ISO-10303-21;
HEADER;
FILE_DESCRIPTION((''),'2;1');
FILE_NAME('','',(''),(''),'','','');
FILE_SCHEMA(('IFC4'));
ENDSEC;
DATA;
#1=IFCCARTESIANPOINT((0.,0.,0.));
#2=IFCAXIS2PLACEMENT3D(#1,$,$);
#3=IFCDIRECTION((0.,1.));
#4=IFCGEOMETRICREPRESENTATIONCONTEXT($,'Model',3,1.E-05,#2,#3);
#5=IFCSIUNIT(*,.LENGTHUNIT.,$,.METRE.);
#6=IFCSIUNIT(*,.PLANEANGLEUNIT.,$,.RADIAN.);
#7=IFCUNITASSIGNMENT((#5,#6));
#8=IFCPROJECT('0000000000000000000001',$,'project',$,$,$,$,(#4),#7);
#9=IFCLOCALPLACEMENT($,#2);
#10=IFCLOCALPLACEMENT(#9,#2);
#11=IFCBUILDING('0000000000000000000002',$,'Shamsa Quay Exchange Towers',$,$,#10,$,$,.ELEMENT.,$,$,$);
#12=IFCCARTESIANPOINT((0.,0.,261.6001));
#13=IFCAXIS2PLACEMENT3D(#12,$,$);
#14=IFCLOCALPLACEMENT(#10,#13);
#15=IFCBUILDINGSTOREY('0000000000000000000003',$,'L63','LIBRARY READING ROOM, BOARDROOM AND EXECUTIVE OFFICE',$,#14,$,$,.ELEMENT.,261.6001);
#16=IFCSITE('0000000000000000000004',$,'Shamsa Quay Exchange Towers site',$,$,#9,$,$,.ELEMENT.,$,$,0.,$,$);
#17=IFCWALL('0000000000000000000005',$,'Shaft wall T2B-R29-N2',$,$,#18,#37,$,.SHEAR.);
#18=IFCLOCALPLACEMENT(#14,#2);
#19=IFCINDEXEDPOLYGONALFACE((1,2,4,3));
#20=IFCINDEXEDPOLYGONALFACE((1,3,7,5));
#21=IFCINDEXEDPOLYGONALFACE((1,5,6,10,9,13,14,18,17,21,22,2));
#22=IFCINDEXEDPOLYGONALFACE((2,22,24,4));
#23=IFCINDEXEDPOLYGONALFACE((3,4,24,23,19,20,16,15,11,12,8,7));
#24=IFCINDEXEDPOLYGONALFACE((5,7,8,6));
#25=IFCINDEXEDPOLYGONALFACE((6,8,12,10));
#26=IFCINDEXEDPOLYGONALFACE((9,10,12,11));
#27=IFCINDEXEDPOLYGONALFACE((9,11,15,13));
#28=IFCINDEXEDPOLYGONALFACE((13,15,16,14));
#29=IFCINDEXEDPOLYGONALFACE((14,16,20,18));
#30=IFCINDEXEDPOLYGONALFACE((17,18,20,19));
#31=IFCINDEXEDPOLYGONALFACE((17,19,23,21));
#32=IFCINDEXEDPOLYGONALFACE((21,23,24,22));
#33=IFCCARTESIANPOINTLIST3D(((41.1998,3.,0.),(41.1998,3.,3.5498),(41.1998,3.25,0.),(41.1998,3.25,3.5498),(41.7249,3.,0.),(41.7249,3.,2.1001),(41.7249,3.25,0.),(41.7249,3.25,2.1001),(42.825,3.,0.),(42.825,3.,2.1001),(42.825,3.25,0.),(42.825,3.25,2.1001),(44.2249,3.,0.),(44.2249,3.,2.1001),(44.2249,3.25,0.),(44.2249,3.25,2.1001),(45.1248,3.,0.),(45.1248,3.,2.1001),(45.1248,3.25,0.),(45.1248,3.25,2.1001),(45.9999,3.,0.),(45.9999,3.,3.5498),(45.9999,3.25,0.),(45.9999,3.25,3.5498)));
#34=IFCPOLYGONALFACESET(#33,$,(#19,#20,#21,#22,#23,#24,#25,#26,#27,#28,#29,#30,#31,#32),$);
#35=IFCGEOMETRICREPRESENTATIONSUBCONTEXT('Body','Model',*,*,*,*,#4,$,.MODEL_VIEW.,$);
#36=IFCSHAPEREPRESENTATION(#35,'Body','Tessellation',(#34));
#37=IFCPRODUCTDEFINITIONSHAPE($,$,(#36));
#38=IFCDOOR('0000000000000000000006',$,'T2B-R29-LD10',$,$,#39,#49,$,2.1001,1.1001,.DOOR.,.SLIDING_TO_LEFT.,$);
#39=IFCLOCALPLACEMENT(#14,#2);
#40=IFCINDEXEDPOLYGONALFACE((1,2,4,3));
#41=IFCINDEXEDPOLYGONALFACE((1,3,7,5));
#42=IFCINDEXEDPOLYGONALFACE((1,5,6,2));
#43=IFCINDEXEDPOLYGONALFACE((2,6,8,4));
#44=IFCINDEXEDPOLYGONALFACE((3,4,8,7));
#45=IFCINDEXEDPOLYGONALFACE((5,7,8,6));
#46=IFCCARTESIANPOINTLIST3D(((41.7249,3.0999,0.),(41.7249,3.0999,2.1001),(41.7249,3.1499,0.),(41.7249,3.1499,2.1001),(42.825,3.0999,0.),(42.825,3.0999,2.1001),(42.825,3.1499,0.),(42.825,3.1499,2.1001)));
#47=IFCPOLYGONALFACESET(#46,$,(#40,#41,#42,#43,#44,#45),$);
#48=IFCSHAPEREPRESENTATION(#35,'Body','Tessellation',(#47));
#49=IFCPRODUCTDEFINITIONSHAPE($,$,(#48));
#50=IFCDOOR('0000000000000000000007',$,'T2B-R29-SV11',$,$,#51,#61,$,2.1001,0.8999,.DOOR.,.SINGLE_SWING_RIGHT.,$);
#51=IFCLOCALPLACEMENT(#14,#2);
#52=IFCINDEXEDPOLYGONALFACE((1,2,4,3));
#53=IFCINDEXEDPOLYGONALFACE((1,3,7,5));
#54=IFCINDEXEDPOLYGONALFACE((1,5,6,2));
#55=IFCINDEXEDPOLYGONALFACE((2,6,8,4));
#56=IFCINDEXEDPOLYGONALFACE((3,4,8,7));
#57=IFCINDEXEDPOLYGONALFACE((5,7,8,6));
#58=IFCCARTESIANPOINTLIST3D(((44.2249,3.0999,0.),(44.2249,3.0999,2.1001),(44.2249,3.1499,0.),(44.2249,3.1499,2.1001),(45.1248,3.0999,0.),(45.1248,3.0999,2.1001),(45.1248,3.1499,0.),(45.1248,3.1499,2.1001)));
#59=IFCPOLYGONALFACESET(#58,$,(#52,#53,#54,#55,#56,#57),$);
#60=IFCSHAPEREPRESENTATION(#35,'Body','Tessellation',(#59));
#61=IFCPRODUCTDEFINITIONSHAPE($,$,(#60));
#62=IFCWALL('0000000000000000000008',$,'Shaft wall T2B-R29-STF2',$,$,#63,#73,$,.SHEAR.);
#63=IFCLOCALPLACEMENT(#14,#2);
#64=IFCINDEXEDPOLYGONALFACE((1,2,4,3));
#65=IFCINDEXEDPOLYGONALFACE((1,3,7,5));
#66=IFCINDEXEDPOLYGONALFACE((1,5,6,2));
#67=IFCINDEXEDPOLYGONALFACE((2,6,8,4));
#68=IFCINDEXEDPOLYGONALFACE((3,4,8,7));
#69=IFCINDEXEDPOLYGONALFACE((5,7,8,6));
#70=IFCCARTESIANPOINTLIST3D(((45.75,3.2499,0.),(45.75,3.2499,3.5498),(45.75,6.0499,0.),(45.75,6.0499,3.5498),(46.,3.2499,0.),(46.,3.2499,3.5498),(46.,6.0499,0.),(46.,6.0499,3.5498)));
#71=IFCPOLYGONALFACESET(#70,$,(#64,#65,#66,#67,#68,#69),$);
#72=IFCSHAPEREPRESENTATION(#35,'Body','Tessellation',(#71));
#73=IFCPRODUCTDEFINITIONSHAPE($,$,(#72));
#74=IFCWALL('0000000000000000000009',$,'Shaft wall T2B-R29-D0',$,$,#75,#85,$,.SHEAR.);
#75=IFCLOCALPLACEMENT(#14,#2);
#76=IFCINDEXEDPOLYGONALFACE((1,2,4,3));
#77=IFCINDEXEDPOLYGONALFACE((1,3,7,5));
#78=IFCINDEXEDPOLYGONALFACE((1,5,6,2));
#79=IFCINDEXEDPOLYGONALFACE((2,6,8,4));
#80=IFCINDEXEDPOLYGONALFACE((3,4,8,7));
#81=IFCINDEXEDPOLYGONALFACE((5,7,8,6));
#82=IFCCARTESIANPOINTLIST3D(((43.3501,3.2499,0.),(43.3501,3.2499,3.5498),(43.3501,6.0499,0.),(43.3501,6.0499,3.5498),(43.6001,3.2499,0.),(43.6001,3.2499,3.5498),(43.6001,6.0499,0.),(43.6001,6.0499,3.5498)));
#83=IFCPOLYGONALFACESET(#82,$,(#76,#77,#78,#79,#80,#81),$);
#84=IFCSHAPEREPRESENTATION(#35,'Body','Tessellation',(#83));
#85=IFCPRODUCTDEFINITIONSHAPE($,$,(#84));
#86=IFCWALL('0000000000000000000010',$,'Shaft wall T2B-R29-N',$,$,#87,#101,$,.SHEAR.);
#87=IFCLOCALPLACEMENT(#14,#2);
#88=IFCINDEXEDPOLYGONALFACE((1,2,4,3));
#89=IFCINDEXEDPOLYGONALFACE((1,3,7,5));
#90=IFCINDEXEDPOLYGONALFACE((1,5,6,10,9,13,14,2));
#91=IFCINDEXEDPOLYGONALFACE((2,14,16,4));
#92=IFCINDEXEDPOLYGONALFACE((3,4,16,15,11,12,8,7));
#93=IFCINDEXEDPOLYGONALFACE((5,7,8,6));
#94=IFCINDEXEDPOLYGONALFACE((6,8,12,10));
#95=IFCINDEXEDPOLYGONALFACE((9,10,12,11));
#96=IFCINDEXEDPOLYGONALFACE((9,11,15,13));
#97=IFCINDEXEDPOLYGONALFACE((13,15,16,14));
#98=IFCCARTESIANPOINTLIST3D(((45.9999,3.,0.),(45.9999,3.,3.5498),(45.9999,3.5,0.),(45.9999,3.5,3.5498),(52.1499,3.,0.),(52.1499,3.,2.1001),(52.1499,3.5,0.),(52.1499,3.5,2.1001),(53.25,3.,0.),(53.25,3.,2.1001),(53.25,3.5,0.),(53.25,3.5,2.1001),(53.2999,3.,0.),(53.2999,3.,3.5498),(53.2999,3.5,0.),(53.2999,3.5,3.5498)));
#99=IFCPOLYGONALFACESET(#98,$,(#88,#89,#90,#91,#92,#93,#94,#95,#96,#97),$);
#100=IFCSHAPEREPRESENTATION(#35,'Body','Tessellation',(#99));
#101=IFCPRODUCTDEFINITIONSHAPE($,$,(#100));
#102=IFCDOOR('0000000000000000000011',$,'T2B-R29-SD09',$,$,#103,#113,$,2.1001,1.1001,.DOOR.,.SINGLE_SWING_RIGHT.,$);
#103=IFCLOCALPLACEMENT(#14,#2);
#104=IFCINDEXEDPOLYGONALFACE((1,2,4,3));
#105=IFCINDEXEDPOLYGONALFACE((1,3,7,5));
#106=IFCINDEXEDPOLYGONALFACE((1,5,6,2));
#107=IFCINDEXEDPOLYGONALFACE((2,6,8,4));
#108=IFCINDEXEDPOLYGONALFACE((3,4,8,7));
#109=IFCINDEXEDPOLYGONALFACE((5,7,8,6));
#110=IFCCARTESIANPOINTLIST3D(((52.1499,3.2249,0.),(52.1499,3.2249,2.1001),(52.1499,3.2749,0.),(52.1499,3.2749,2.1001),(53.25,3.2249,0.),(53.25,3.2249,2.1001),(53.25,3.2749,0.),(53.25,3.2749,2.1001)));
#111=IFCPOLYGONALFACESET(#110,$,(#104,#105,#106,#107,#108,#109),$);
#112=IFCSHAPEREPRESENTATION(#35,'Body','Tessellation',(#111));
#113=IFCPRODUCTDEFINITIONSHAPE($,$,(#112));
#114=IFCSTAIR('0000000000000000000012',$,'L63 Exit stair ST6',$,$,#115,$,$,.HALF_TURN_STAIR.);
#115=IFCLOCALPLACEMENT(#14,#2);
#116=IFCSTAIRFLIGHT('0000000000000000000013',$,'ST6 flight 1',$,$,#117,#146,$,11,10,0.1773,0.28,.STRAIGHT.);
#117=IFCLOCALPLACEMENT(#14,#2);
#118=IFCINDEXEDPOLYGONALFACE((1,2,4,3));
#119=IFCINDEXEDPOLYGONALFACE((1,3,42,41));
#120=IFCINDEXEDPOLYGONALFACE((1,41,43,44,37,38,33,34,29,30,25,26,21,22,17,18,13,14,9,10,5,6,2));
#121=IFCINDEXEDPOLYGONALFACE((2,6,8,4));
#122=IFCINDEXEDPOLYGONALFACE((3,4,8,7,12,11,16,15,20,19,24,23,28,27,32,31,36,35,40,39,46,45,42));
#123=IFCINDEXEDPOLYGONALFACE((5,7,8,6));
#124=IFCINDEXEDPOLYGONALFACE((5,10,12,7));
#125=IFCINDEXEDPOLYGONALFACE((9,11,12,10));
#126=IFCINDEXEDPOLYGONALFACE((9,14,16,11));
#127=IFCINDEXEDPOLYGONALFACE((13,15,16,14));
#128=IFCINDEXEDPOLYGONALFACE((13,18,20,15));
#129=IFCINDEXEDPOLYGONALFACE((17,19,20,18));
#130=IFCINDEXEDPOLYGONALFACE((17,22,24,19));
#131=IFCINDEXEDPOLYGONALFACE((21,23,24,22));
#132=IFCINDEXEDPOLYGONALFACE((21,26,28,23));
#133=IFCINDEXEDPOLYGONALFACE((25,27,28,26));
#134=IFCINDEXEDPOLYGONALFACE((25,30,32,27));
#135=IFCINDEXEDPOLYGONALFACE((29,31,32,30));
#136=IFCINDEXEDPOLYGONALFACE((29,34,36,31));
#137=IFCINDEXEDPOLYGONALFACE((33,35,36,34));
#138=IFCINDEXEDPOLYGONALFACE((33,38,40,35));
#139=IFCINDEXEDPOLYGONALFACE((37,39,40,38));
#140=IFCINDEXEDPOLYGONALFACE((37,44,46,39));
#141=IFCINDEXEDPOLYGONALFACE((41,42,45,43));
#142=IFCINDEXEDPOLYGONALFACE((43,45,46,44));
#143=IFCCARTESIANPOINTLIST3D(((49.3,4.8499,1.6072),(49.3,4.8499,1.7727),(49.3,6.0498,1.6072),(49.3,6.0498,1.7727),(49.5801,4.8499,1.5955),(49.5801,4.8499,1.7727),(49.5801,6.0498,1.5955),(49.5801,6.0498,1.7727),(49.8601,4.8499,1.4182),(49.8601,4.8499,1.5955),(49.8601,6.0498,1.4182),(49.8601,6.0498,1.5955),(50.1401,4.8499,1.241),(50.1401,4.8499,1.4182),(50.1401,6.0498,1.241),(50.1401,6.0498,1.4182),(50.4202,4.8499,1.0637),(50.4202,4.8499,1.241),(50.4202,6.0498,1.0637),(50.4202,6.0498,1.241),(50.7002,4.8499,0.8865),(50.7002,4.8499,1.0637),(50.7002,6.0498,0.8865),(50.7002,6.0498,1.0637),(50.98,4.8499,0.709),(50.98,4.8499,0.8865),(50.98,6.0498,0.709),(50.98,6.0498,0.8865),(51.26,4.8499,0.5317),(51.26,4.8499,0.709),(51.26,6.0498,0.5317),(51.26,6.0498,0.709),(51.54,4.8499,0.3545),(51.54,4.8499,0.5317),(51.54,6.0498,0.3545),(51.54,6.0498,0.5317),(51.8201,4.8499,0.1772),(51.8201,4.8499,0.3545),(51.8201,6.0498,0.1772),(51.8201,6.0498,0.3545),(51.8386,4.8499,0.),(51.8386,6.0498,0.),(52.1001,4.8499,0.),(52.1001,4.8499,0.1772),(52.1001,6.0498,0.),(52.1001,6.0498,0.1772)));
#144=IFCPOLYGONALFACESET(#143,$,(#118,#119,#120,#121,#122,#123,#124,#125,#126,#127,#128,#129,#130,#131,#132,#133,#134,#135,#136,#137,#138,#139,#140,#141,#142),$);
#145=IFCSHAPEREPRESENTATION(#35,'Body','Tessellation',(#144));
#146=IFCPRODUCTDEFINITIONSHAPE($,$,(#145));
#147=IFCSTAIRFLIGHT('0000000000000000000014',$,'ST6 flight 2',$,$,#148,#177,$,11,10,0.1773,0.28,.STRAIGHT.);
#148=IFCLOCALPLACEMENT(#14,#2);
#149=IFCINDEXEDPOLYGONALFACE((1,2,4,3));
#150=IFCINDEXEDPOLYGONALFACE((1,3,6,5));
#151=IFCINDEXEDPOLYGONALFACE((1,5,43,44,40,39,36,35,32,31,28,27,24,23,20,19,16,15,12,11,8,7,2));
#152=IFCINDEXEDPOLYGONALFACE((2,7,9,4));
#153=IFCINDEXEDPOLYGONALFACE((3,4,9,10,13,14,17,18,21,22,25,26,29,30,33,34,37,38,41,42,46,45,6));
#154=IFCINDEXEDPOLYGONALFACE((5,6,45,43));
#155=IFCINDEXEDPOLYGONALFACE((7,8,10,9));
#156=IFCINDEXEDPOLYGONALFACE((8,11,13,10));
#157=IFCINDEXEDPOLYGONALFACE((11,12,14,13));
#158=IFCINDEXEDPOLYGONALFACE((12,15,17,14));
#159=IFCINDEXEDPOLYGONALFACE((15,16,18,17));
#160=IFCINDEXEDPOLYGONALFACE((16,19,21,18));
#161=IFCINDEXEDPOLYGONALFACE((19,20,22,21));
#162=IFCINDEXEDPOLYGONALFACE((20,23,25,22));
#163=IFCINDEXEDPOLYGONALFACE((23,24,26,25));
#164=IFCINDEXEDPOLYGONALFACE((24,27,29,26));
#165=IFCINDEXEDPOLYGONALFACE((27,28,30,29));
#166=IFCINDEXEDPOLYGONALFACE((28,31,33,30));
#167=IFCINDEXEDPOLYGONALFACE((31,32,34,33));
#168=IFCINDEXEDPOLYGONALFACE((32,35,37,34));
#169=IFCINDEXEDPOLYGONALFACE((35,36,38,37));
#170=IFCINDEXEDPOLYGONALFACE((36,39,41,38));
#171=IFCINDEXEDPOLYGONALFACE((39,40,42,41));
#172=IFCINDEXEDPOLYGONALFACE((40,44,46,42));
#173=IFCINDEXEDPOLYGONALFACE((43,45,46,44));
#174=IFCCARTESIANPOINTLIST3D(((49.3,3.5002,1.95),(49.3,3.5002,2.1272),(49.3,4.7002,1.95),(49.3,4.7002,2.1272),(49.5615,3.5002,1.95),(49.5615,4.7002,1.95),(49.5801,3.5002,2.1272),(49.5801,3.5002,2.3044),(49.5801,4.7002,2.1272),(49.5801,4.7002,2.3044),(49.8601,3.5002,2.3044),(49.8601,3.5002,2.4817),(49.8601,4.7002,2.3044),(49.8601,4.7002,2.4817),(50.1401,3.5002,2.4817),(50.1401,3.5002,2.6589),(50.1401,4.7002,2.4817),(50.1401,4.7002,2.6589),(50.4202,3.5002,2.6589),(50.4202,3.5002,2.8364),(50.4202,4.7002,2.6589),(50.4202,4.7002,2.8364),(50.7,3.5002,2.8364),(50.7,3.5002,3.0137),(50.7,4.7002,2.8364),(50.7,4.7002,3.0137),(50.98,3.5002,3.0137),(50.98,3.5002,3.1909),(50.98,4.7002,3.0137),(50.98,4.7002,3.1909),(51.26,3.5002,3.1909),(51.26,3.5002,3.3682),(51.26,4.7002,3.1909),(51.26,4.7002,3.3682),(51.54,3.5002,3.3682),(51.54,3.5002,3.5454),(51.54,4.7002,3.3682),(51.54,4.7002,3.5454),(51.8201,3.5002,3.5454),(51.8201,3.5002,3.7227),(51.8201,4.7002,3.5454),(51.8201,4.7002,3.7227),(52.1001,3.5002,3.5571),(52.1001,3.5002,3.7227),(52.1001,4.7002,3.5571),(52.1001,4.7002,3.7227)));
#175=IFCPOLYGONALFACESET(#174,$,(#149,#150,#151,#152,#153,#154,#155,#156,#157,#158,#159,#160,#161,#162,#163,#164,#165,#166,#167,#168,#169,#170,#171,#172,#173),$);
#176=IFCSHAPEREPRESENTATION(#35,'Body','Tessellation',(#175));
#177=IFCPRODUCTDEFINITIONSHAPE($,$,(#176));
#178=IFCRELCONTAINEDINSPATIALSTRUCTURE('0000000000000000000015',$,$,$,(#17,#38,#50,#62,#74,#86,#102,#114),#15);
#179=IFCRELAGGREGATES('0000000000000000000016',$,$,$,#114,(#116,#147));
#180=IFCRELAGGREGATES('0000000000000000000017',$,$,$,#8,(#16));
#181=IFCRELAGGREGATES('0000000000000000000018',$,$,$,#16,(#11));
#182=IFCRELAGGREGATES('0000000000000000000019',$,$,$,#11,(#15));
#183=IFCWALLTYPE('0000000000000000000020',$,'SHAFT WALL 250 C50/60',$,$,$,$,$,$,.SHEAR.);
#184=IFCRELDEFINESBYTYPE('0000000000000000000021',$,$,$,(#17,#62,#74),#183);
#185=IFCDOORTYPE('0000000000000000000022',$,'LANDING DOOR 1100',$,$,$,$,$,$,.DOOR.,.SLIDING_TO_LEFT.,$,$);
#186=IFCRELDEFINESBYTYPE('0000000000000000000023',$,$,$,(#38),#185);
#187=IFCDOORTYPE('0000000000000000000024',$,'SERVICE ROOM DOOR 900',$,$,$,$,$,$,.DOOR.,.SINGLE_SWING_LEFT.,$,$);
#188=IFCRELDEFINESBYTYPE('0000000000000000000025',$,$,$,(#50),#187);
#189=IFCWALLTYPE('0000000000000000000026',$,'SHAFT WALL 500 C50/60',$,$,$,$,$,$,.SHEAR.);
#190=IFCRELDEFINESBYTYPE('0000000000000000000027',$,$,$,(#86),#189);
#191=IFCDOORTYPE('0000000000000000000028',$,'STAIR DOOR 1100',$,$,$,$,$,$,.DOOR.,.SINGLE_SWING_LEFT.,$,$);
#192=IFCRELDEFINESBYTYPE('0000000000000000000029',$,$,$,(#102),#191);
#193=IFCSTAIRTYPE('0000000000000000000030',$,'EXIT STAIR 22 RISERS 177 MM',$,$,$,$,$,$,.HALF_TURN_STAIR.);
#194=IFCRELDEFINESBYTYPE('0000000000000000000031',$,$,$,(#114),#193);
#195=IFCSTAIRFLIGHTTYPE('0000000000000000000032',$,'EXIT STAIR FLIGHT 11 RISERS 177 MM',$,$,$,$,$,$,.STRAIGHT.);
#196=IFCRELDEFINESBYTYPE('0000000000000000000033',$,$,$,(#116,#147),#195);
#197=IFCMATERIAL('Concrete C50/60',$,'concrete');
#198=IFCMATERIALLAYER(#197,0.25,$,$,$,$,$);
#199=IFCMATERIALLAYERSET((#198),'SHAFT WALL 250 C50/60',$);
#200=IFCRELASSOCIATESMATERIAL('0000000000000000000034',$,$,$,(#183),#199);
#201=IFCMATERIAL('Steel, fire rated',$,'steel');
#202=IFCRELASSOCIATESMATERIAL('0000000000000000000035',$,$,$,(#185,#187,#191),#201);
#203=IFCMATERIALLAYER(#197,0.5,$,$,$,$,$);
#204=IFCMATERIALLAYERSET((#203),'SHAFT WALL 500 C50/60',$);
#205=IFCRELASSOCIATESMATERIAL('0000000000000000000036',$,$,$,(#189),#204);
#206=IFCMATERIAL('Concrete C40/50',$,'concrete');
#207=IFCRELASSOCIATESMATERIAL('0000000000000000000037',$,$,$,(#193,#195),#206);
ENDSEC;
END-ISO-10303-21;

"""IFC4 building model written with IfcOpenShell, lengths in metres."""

from ifc_helpers import new_model, si_unit, direction, frame, frame_2d, origin, place, context, subcontext, project, spatial, polyline, rectangle, outline, extrude, material, layer, layer_set, type_object, element, fill, aggregate, save


model = new_model("IFC4")

# Units and contexts
model_context = context("Model", 3, precision=1e-05, world=origin(), true_north=direction((0.0, 1.0)))
body_context = subcontext(model_context, "Body", "Model", "MODEL_VIEW")
ifc_project = project(units=[si_unit("LENGTHUNIT", "METRE"), si_unit("PLANEANGLEUNIT", "RADIAN")], contexts=[model_context])

# Site, building, storey
site_placement = place(None, origin())
site = spatial("IfcSite", under=ifc_project, at=site_placement, Name="Shamsa Quay Exchange Towers site", CompositionType="ELEMENT", RefElevation=0.0)
building_placement = place(site_placement, origin())
building = spatial("IfcBuilding", under=site, at=building_placement, Name="Shamsa Quay Exchange Towers", CompositionType="ELEMENT")
storey_placement = place(building_placement, frame((0.0, 0.0, 261.6001)))
storey = spatial("IfcBuildingStorey", under=building, at=storey_placement, Name="L63", Description="LIBRARY READING ROOM, BOARDROOM AND EXECUTIVE OFFICE", CompositionType="ELEMENT", Elevation=261.6001)

# Wall, openings, doors
ifc_material_1 = material(Name="Concrete C50/60", Category="concrete")
ifc_layer_1 = layer(ifc_material_1, 0.25)
ifc_layer_set_1 = layer_set([ifc_layer_1], Name="SHAFT WALL 250 C50/60")
wall_type_1 = type_object("IfcWallType", Name="SHAFT WALL 250 C50/60", PredefinedType="SHEAR", material=ifc_layer_set_1)
wall_1_placement = place(storey_placement, frame((41.2, 3.125, 0.0)))
wall_1 = element("IfcWall", 1, at=wall_1_placement, inside=storey, type_object=wall_type_1, Name="Shaft wall T2B-R29-N2", PredefinedType="SHEAR", context=body_context, shape_type="SweptSolid", body=[
    extrude(rectangle(XDim=4.8, YDim=0.25, at=frame_2d((2.3999, 0.0))), origin(), (0.0, 0.0, 1.0), 3.5498),
])
opening_1_placement = place(wall_1_placement, frame((0.5249, 0.0, 0.0)))
opening_1 = element("IfcOpeningElement", 2, at=opening_1_placement, cuts=wall_1, PredefinedType="OPENING", context=body_context, shape_type="SweptSolid", body=[
    extrude(rectangle(XDim=1.1001, YDim=2.1001, at=frame_2d((0.55, 1.05))), frame((0.0, 0.135, 0.0), z_axis=(0.0, -1.0, 0.0), x_axis=(1.0, 0.0, 0.0)), (0.0, 0.0, 1.0), 0.27),
])
opening_2_placement = place(wall_1_placement, frame((3.0249, 0.0, 0.0)))
opening_2 = element("IfcOpeningElement", 3, at=opening_2_placement, cuts=wall_1, PredefinedType="OPENING", context=body_context, shape_type="SweptSolid", body=[
    extrude(rectangle(XDim=0.8999, YDim=2.1001, at=frame_2d((0.45, 1.05))), frame((0.0, 0.135, 0.0), z_axis=(0.0, -1.0, 0.0), x_axis=(1.0, 0.0, 0.0)), (0.0, 0.0, 1.0), 0.27),
])
ifc_material_2 = material(Name="Steel, fire rated", Category="steel")
door_type_1 = type_object("IfcDoorType", Name="LANDING DOOR 1100", OperationType="SLIDING_TO_LEFT", PredefinedType="DOOR", material=ifc_material_2)
door_1_placement = place(opening_1_placement, origin())
door_1 = element("IfcDoor", 4, at=door_1_placement, inside=storey, type_object=door_type_1, Name="T2B-R29-LD10", OperationType="SLIDING_TO_LEFT", OverallHeight=2.1001, OverallWidth=1.1001, PredefinedType="DOOR", context=body_context, shape_type="SweptSolid", body=[
    extrude(rectangle(XDim=1.1001, YDim=2.1001, at=frame_2d((0.55, 1.05))), frame((0.0, 0.0249, 0.0), z_axis=(0.0, -1.0, 0.0), x_axis=(1.0, 0.0, 0.0)), (0.0, 0.0, 1.0), 0.05),
])
fill(opening_1, door_1)
door_type_2 = type_object("IfcDoorType", Name="SERVICE ROOM DOOR 900", OperationType="SINGLE_SWING_LEFT", PredefinedType="DOOR", material=ifc_material_2)
door_2_placement = place(opening_2_placement, origin())
door_2 = element("IfcDoor", 5, at=door_2_placement, inside=storey, type_object=door_type_2, Name="T2B-R29-SV11", OperationType="SINGLE_SWING_RIGHT", OverallHeight=2.1001, OverallWidth=0.8999, PredefinedType="DOOR", context=body_context, shape_type="SweptSolid", body=[
    extrude(rectangle(XDim=0.8999, YDim=2.1001, at=frame_2d((0.45, 1.05))), frame((0.0, 0.0249, 0.0), z_axis=(0.0, -1.0, 0.0), x_axis=(1.0, 0.0, 0.0)), (0.0, 0.0, 1.0), 0.05),
])
fill(opening_2, door_2)

# Walls
for number, where, z_axis, x_axis, name in (
    (6, (45.875, 3.25, 0.0), (0.0, 0.0, 1.0), (0.0, 1.0, 0.0), "Shaft wall T2B-R29-STF2"),
    (7, (43.4751, 3.25, 0.0), (0.0, 0.0, 1.0), (0.0, 1.0, 0.0), "Shaft wall T2B-R29-D0"),
):
    element("IfcWall", number, at=place(storey_placement, frame(where, z_axis=z_axis, x_axis=x_axis)), inside=storey, type_object=wall_type_1, Name=name, PredefinedType="SHEAR", context=body_context, shape_type="SweptSolid", body=[
        extrude(rectangle(XDim=2.8, YDim=0.25, at=frame_2d((1.3999, 0.0))), origin(), (0.0, 0.0, 1.0), 3.5498),
    ])

# Wall, opening, door
ifc_layer_2 = layer(ifc_material_1, 0.5)
ifc_layer_set_2 = layer_set([ifc_layer_2], Name="SHAFT WALL 500 C50/60")
wall_type_2 = type_object("IfcWallType", Name="SHAFT WALL 500 C50/60", PredefinedType="SHEAR", material=ifc_layer_set_2)
wall_2_placement = place(storey_placement, frame((46.0, 3.25, 0.0)))
wall_2 = element("IfcWall", 8, at=wall_2_placement, inside=storey, type_object=wall_type_2, Name="Shaft wall T2B-R29-N", PredefinedType="SHEAR", context=body_context, shape_type="SweptSolid", body=[
    extrude(rectangle(XDim=7.3, YDim=0.5, at=frame_2d((3.6499, 0.0))), origin(), (0.0, 0.0, 1.0), 3.5498),
])
opening_3_placement = place(wall_2_placement, frame((6.1499, 0.0, 0.0)))
opening_3 = element("IfcOpeningElement", 9, at=opening_3_placement, cuts=wall_2, PredefinedType="OPENING", context=body_context, shape_type="SweptSolid", body=[
    extrude(rectangle(XDim=1.1001, YDim=2.1001, at=frame_2d((0.55, 1.05))), frame((0.0, 0.26, 0.0), z_axis=(0.0, -1.0, 0.0), x_axis=(1.0, 0.0, 0.0)), (0.0, 0.0, 1.0), 0.52),
])
door_type_3 = type_object("IfcDoorType", Name="STAIR DOOR 1100", OperationType="SINGLE_SWING_LEFT", PredefinedType="DOOR", material=ifc_material_2)
door_3_placement = place(opening_3_placement, origin())
door_3 = element("IfcDoor", 10, at=door_3_placement, inside=storey, type_object=door_type_3, Name="T2B-R29-SD09", OperationType="SINGLE_SWING_RIGHT", OverallHeight=2.1001, OverallWidth=1.1001, PredefinedType="DOOR", context=body_context, shape_type="SweptSolid", body=[
    extrude(rectangle(XDim=1.1001, YDim=2.1001, at=frame_2d((0.55, 1.05))), frame((0.0, 0.0249, 0.0), z_axis=(0.0, -1.0, 0.0), x_axis=(1.0, 0.0, 0.0)), (0.0, 0.0, 1.0), 0.05),
])
fill(opening_3, door_3)

# Stair, stair flights
ifc_material_3 = material(Name="Concrete C40/50", Category="concrete")
stair_type = type_object("IfcStairType", Name="EXIT STAIR 22 RISERS 177 MM", PredefinedType="HALF_TURN_STAIR", material=ifc_material_3)
stair_placement = place(storey_placement, origin())
stair = element("IfcStair", 11, at=stair_placement, inside=storey, type_object=stair_type, Name="L63 Exit stair ST6", PredefinedType="HALF_TURN_STAIR")
stair_flight_type = type_object("IfcStairFlightType", Name="EXIT STAIR FLIGHT 11 RISERS 177 MM", PredefinedType="STRAIGHT", material=ifc_material_3)
stair_flight_1_placement = place(storey_placement, frame((52.1001, 5.45, 0.0), z_axis=(0.0, 0.0, 1.0), x_axis=(-1.0, 0.0, 0.0)))
stair_flight_1 = element("IfcStairFlight", 12, at=stair_flight_1_placement, type_object=stair_flight_type, Name="ST6 flight 1", NumberOfRisers=11, NumberOfTreads=10, PredefinedType="STRAIGHT", RiserHeight=0.1773, TreadLength=0.28, context=body_context, shape_type="SweptSolid", body=[
    extrude(outline(polyline([(0.0, 0.0), (0.0, 0.1772), (0.28, 0.1772), (0.28, 0.3545), (0.5601, 0.3545), (0.5601, 0.5317), (0.8401, 0.5317), (0.8401, 0.709), (1.1201, 0.709), (1.1201, 0.8865), (1.3999, 0.8865), (1.3999, 1.0637), (1.6799, 1.0637), (1.6799, 1.241), (1.96, 1.241), (1.96, 1.4182), (2.24, 1.4182), (2.24, 1.5955), (2.52, 1.5955), (2.52, 1.7727), (2.8, 1.7727), (2.8, 1.95), (2.8, 1.6072), (0.2615, 0.0), (0.0, 0.0)])), frame((0.0, 0.6001, 0.0), z_axis=(0.0, -1.0, 0.0), x_axis=(1.0, 0.0, 0.0)), (0.0, 0.0, 1.0), 1.2),
])
stair_flight_2_placement = place(storey_placement, frame((49.3, 4.1001, 1.95)))
stair_flight_2 = element("IfcStairFlight", 13, at=stair_flight_2_placement, type_object=stair_flight_type, Name="ST6 flight 2", NumberOfRisers=11, NumberOfTreads=10, PredefinedType="STRAIGHT", RiserHeight=0.1773, TreadLength=0.28, context=body_context, shape_type="SweptSolid", body=[
    extrude(outline(polyline([(0.0, 0.0), (0.0, 0.1772), (0.28, 0.1772), (0.28, 0.3545), (0.5601, 0.3545), (0.5601, 0.5317), (0.8401, 0.5317), (0.8401, 0.709), (1.1201, 0.709), (1.1201, 0.8865), (1.3999, 0.8865), (1.3999, 1.0637), (1.6799, 1.0637), (1.6799, 1.241), (1.96, 1.241), (1.96, 1.4182), (2.24, 1.4182), (2.24, 1.5955), (2.52, 1.5955), (2.52, 1.7727), (2.8, 1.7727), (2.8, 1.95), (2.8, 1.6072), (0.2615, 0.0), (0.0, 0.0)])), frame((0.0, 0.6001, 0.0), z_axis=(0.0, -1.0, 0.0), x_axis=(1.0, 0.0, 0.0)), (0.0, 0.0, 1.0), 1.2),
])
aggregate(stair, [stair_flight_1, stair_flight_2])

save(model, "model.ifc")
